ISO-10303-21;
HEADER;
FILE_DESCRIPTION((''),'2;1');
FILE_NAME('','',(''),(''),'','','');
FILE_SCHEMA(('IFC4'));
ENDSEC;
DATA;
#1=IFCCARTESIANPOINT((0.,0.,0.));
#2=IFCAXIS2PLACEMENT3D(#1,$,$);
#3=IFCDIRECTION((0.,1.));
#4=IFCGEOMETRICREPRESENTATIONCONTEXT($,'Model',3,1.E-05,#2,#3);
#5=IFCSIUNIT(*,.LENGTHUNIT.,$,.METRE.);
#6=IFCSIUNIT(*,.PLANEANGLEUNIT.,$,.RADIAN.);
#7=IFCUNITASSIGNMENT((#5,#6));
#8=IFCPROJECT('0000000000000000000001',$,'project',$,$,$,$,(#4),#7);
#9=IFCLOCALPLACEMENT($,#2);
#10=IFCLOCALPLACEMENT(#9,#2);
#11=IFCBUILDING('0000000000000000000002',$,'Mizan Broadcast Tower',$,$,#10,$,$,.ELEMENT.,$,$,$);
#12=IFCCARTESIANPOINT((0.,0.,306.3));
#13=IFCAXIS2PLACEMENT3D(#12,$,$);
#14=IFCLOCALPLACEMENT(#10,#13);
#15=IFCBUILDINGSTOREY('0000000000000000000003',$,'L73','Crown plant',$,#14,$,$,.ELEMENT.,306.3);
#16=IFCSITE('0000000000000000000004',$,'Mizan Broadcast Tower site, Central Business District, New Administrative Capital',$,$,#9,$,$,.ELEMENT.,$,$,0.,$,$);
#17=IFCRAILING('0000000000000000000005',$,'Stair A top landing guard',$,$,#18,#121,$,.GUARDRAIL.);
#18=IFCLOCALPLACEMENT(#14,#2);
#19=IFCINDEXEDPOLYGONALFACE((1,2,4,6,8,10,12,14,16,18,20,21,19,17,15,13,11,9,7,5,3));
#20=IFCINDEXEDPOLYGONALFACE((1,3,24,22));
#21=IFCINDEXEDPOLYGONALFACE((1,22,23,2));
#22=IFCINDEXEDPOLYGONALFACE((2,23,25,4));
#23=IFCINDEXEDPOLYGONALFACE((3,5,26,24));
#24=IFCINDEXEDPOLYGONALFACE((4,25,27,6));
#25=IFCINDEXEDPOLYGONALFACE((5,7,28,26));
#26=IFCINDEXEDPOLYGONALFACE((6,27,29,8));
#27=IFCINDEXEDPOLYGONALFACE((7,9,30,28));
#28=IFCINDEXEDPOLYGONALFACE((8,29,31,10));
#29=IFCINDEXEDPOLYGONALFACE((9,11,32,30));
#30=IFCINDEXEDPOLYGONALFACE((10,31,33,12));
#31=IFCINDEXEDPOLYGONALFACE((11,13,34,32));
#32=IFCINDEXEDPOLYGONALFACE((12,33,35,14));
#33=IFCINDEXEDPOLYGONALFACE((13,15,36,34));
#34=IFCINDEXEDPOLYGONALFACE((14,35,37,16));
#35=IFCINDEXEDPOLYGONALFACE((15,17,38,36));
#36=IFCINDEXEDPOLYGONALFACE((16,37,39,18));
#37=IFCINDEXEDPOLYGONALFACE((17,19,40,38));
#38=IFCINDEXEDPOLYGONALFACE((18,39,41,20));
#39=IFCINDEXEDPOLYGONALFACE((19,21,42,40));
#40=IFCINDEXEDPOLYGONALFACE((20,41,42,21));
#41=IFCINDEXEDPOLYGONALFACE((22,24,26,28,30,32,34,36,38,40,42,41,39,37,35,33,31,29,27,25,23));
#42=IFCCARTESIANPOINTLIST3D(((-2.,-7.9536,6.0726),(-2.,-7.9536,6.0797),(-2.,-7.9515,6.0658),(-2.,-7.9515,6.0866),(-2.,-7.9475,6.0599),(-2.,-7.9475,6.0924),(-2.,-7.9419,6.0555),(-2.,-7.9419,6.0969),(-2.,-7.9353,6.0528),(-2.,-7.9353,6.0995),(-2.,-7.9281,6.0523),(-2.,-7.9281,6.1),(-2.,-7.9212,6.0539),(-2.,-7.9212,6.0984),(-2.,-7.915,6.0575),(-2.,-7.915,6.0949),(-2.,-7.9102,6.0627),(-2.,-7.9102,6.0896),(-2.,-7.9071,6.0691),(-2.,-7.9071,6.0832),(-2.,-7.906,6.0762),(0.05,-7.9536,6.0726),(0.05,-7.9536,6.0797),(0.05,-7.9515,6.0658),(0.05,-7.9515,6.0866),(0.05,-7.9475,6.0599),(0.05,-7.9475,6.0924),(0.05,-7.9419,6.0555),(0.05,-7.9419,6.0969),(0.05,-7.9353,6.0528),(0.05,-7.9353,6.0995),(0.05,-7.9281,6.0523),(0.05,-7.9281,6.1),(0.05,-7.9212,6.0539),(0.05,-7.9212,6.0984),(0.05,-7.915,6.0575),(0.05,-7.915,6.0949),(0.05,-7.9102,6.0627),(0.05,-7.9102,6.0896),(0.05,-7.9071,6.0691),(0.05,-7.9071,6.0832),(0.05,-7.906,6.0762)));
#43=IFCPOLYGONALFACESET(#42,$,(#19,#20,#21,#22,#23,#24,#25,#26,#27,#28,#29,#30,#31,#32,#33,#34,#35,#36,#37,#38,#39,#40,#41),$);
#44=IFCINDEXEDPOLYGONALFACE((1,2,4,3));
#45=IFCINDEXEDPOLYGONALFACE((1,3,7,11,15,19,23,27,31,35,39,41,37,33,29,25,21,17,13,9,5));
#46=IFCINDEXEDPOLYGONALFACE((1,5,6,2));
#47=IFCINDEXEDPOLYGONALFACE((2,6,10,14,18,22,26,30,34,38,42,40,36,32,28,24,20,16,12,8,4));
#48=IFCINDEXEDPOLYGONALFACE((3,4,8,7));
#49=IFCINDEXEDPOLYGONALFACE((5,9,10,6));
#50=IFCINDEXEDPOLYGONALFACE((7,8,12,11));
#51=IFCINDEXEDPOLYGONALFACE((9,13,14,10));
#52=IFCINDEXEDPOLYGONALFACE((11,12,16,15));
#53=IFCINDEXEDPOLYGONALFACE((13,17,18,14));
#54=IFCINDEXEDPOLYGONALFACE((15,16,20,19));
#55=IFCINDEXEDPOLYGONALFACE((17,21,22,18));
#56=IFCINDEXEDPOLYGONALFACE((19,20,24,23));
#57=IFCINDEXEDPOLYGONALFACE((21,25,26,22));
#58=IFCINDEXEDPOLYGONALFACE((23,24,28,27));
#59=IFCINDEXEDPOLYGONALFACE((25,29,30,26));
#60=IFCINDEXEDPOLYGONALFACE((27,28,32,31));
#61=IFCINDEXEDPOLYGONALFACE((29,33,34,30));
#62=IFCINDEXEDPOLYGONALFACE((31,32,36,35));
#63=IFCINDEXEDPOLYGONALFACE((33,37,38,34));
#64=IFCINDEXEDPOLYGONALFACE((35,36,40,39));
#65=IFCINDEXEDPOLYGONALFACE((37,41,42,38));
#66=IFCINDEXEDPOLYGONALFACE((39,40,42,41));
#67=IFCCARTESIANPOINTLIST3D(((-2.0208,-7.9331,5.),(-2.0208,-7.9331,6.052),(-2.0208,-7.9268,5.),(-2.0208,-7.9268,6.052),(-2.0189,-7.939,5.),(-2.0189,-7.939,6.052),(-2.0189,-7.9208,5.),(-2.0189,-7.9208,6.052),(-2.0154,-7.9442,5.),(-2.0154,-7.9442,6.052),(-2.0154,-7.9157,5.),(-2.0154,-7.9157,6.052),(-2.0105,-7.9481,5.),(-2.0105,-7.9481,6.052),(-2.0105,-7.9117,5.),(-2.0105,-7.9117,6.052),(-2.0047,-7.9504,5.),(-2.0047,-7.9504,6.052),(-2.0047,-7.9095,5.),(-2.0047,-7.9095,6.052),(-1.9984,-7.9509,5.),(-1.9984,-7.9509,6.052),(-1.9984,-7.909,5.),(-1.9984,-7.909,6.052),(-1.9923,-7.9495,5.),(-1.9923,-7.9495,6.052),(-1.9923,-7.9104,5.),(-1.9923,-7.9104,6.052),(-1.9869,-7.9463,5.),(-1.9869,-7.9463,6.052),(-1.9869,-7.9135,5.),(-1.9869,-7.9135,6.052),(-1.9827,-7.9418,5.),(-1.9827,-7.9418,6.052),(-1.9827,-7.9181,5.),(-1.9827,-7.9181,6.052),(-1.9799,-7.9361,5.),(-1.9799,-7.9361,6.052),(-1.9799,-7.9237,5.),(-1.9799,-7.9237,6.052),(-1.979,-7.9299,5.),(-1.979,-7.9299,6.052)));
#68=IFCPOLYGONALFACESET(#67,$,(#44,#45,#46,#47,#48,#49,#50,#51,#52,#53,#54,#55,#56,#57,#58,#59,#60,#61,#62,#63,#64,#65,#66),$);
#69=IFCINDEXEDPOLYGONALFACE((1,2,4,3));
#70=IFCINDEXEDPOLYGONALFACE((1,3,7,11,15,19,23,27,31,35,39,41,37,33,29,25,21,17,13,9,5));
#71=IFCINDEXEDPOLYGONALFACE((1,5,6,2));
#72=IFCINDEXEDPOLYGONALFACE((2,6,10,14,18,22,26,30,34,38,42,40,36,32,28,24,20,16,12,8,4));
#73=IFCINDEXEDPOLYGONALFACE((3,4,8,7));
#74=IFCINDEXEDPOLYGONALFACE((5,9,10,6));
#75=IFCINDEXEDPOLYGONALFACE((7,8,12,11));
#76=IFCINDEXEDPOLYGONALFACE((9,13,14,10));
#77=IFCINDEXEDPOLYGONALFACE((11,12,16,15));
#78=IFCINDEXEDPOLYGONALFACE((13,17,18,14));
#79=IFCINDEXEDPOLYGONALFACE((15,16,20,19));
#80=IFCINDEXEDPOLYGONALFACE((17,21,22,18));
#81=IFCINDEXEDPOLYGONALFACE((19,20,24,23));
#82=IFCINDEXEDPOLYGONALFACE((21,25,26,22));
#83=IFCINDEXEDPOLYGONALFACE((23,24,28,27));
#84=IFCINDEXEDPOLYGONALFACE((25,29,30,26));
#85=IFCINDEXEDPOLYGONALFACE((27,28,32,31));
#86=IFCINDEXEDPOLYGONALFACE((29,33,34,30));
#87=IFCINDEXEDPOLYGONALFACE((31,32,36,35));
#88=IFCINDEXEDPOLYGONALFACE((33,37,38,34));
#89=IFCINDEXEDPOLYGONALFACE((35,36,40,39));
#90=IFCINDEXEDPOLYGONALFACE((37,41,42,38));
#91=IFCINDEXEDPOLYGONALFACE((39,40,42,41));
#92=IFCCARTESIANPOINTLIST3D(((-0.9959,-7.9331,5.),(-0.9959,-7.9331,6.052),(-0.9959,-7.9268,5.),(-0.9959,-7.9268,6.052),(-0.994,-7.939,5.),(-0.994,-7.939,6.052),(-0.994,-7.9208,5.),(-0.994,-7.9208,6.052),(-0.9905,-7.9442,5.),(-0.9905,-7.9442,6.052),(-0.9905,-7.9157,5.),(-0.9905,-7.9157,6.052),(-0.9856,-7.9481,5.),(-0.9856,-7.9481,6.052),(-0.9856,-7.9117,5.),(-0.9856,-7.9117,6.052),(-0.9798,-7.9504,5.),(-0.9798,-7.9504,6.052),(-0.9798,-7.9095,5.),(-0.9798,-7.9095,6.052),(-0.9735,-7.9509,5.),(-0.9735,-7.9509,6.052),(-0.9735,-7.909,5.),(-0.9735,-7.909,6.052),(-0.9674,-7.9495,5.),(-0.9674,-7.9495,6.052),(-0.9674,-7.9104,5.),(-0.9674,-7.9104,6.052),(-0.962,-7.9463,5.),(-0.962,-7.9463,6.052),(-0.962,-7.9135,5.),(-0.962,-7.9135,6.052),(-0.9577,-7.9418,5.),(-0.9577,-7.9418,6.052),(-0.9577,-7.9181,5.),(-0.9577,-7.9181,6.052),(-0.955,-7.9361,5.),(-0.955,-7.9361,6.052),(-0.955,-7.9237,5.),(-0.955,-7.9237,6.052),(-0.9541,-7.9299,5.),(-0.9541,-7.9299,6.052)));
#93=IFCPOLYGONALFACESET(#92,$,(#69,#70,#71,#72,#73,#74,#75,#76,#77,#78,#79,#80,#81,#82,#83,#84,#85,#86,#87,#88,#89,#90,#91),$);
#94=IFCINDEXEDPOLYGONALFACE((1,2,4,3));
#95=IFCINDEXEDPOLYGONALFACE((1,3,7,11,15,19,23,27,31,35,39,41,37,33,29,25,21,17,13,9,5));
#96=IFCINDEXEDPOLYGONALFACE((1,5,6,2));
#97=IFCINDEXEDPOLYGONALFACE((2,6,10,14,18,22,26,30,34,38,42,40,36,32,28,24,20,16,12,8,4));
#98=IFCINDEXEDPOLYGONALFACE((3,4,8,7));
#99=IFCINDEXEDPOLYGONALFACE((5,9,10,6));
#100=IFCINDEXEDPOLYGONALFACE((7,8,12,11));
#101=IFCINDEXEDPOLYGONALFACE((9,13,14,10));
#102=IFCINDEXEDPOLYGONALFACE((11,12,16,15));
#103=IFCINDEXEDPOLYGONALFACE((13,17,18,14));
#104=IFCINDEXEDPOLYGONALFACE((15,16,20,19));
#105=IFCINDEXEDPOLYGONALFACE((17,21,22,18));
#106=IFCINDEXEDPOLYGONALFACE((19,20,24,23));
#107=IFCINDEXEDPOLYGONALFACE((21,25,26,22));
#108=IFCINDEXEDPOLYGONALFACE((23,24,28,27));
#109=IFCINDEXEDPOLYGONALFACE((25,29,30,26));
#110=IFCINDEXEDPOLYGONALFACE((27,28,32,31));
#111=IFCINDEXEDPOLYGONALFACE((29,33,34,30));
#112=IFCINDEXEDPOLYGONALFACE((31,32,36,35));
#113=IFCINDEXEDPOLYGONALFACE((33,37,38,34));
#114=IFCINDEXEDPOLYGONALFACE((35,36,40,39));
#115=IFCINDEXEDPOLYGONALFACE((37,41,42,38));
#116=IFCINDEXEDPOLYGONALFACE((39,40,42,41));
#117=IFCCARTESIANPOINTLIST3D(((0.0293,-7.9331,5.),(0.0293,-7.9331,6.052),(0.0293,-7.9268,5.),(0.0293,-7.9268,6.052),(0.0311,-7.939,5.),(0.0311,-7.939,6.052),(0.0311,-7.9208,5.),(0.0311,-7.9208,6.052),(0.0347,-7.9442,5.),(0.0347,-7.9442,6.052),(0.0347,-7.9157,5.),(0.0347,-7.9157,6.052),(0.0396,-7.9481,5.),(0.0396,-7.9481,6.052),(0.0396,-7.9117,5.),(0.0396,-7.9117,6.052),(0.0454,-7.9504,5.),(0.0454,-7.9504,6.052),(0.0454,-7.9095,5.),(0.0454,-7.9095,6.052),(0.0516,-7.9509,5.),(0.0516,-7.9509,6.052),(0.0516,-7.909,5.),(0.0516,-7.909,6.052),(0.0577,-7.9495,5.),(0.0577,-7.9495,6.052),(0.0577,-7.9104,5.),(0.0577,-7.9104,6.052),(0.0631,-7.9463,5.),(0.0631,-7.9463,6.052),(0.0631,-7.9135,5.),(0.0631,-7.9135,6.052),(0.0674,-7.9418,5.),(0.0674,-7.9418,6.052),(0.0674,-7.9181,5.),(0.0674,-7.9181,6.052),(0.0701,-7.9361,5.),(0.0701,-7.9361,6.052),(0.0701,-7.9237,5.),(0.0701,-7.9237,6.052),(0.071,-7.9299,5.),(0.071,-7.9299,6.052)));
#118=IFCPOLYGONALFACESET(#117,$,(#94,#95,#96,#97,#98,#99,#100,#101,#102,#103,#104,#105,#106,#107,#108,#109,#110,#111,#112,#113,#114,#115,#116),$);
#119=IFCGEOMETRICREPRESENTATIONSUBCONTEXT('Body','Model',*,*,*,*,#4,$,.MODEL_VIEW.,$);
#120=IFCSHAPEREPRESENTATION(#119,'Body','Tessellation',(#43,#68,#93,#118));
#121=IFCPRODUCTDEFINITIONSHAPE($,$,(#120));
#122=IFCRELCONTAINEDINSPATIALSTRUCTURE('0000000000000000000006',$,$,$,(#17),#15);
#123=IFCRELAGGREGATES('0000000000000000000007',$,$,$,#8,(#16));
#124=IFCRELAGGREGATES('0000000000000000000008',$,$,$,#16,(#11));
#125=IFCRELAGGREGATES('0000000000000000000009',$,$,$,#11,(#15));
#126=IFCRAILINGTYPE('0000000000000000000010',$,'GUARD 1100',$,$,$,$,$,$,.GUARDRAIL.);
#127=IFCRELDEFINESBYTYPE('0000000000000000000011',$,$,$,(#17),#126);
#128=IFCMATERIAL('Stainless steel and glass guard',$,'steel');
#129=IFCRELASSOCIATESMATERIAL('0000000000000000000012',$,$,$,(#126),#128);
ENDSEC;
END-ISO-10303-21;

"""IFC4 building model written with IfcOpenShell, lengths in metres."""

from ifc_helpers import new_model, si_unit, direction, frame, origin, origin_2d, place, context, subcontext, project, spatial, circle, extrude, material, type_object, element, save


model = new_model("IFC4")

# Units and contexts
model_context = context("Model", 3, precision=1e-05, world=origin(), true_north=direction((0.0, 1.0)))
body_context = subcontext(model_context, "Body", "Model", "MODEL_VIEW")
ifc_project = project(units=[si_unit("LENGTHUNIT", "METRE"), si_unit("PLANEANGLEUNIT", "RADIAN")], contexts=[model_context])

# Site, building, storey
site_placement = place(None, origin())
site = spatial("IfcSite", under=ifc_project, at=site_placement, Name="Mizan Broadcast Tower site, Central Business District, New Administrative Capital", CompositionType="ELEMENT", RefElevation=0.0)
building_placement = place(site_placement, origin())
building = spatial("IfcBuilding", under=site, at=building_placement, Name="Mizan Broadcast Tower", CompositionType="ELEMENT")
storey_placement = place(building_placement, frame((0.0, 0.0, 306.3)))
storey = spatial("IfcBuildingStorey", under=building, at=storey_placement, Name="L73", Description="Crown plant", CompositionType="ELEMENT", Elevation=306.3)

# Railing
ifc_material_1 = material(Name="Stainless steel and glass guard", Category="steel")
railing_type_1 = type_object("IfcRailingType", Name="GUARD 1100", PredefinedType="GUARDRAIL", material=ifc_material_1)
railing_1_placement = place(storey_placement, frame((-2.0, -7.9299, 5.0)))
element("IfcRailing", 1, at=railing_1_placement, inside=storey, type_object=railing_type_1, Name="Stair A top landing guard", PredefinedType="GUARDRAIL", context=body_context, shape_type="SweptSolid", body=[
    extrude(circle(Radius=0.0239, at=origin_2d()), frame((0.0, 0.0, 1.0762), z_axis=(1.0, 0.0, 0.0), x_axis=(0.0, 1.0, 0.0)), (0.0, 0.0, 1.0), 2.05),
    extrude(circle(Radius=0.021, at=origin_2d()), origin(), (0.0, 0.0, 1.0), 1.052),
    extrude(circle(Radius=0.021, at=origin_2d()), frame((1.0249, 0.0, 0.0)), (0.0, 0.0, 1.0), 1.052),
    extrude(circle(Radius=0.021, at=origin_2d()), frame((2.05, 0.0, 0.0)), (0.0, 0.0, 1.0), 1.052),
])

save(model, "model.ifc")
